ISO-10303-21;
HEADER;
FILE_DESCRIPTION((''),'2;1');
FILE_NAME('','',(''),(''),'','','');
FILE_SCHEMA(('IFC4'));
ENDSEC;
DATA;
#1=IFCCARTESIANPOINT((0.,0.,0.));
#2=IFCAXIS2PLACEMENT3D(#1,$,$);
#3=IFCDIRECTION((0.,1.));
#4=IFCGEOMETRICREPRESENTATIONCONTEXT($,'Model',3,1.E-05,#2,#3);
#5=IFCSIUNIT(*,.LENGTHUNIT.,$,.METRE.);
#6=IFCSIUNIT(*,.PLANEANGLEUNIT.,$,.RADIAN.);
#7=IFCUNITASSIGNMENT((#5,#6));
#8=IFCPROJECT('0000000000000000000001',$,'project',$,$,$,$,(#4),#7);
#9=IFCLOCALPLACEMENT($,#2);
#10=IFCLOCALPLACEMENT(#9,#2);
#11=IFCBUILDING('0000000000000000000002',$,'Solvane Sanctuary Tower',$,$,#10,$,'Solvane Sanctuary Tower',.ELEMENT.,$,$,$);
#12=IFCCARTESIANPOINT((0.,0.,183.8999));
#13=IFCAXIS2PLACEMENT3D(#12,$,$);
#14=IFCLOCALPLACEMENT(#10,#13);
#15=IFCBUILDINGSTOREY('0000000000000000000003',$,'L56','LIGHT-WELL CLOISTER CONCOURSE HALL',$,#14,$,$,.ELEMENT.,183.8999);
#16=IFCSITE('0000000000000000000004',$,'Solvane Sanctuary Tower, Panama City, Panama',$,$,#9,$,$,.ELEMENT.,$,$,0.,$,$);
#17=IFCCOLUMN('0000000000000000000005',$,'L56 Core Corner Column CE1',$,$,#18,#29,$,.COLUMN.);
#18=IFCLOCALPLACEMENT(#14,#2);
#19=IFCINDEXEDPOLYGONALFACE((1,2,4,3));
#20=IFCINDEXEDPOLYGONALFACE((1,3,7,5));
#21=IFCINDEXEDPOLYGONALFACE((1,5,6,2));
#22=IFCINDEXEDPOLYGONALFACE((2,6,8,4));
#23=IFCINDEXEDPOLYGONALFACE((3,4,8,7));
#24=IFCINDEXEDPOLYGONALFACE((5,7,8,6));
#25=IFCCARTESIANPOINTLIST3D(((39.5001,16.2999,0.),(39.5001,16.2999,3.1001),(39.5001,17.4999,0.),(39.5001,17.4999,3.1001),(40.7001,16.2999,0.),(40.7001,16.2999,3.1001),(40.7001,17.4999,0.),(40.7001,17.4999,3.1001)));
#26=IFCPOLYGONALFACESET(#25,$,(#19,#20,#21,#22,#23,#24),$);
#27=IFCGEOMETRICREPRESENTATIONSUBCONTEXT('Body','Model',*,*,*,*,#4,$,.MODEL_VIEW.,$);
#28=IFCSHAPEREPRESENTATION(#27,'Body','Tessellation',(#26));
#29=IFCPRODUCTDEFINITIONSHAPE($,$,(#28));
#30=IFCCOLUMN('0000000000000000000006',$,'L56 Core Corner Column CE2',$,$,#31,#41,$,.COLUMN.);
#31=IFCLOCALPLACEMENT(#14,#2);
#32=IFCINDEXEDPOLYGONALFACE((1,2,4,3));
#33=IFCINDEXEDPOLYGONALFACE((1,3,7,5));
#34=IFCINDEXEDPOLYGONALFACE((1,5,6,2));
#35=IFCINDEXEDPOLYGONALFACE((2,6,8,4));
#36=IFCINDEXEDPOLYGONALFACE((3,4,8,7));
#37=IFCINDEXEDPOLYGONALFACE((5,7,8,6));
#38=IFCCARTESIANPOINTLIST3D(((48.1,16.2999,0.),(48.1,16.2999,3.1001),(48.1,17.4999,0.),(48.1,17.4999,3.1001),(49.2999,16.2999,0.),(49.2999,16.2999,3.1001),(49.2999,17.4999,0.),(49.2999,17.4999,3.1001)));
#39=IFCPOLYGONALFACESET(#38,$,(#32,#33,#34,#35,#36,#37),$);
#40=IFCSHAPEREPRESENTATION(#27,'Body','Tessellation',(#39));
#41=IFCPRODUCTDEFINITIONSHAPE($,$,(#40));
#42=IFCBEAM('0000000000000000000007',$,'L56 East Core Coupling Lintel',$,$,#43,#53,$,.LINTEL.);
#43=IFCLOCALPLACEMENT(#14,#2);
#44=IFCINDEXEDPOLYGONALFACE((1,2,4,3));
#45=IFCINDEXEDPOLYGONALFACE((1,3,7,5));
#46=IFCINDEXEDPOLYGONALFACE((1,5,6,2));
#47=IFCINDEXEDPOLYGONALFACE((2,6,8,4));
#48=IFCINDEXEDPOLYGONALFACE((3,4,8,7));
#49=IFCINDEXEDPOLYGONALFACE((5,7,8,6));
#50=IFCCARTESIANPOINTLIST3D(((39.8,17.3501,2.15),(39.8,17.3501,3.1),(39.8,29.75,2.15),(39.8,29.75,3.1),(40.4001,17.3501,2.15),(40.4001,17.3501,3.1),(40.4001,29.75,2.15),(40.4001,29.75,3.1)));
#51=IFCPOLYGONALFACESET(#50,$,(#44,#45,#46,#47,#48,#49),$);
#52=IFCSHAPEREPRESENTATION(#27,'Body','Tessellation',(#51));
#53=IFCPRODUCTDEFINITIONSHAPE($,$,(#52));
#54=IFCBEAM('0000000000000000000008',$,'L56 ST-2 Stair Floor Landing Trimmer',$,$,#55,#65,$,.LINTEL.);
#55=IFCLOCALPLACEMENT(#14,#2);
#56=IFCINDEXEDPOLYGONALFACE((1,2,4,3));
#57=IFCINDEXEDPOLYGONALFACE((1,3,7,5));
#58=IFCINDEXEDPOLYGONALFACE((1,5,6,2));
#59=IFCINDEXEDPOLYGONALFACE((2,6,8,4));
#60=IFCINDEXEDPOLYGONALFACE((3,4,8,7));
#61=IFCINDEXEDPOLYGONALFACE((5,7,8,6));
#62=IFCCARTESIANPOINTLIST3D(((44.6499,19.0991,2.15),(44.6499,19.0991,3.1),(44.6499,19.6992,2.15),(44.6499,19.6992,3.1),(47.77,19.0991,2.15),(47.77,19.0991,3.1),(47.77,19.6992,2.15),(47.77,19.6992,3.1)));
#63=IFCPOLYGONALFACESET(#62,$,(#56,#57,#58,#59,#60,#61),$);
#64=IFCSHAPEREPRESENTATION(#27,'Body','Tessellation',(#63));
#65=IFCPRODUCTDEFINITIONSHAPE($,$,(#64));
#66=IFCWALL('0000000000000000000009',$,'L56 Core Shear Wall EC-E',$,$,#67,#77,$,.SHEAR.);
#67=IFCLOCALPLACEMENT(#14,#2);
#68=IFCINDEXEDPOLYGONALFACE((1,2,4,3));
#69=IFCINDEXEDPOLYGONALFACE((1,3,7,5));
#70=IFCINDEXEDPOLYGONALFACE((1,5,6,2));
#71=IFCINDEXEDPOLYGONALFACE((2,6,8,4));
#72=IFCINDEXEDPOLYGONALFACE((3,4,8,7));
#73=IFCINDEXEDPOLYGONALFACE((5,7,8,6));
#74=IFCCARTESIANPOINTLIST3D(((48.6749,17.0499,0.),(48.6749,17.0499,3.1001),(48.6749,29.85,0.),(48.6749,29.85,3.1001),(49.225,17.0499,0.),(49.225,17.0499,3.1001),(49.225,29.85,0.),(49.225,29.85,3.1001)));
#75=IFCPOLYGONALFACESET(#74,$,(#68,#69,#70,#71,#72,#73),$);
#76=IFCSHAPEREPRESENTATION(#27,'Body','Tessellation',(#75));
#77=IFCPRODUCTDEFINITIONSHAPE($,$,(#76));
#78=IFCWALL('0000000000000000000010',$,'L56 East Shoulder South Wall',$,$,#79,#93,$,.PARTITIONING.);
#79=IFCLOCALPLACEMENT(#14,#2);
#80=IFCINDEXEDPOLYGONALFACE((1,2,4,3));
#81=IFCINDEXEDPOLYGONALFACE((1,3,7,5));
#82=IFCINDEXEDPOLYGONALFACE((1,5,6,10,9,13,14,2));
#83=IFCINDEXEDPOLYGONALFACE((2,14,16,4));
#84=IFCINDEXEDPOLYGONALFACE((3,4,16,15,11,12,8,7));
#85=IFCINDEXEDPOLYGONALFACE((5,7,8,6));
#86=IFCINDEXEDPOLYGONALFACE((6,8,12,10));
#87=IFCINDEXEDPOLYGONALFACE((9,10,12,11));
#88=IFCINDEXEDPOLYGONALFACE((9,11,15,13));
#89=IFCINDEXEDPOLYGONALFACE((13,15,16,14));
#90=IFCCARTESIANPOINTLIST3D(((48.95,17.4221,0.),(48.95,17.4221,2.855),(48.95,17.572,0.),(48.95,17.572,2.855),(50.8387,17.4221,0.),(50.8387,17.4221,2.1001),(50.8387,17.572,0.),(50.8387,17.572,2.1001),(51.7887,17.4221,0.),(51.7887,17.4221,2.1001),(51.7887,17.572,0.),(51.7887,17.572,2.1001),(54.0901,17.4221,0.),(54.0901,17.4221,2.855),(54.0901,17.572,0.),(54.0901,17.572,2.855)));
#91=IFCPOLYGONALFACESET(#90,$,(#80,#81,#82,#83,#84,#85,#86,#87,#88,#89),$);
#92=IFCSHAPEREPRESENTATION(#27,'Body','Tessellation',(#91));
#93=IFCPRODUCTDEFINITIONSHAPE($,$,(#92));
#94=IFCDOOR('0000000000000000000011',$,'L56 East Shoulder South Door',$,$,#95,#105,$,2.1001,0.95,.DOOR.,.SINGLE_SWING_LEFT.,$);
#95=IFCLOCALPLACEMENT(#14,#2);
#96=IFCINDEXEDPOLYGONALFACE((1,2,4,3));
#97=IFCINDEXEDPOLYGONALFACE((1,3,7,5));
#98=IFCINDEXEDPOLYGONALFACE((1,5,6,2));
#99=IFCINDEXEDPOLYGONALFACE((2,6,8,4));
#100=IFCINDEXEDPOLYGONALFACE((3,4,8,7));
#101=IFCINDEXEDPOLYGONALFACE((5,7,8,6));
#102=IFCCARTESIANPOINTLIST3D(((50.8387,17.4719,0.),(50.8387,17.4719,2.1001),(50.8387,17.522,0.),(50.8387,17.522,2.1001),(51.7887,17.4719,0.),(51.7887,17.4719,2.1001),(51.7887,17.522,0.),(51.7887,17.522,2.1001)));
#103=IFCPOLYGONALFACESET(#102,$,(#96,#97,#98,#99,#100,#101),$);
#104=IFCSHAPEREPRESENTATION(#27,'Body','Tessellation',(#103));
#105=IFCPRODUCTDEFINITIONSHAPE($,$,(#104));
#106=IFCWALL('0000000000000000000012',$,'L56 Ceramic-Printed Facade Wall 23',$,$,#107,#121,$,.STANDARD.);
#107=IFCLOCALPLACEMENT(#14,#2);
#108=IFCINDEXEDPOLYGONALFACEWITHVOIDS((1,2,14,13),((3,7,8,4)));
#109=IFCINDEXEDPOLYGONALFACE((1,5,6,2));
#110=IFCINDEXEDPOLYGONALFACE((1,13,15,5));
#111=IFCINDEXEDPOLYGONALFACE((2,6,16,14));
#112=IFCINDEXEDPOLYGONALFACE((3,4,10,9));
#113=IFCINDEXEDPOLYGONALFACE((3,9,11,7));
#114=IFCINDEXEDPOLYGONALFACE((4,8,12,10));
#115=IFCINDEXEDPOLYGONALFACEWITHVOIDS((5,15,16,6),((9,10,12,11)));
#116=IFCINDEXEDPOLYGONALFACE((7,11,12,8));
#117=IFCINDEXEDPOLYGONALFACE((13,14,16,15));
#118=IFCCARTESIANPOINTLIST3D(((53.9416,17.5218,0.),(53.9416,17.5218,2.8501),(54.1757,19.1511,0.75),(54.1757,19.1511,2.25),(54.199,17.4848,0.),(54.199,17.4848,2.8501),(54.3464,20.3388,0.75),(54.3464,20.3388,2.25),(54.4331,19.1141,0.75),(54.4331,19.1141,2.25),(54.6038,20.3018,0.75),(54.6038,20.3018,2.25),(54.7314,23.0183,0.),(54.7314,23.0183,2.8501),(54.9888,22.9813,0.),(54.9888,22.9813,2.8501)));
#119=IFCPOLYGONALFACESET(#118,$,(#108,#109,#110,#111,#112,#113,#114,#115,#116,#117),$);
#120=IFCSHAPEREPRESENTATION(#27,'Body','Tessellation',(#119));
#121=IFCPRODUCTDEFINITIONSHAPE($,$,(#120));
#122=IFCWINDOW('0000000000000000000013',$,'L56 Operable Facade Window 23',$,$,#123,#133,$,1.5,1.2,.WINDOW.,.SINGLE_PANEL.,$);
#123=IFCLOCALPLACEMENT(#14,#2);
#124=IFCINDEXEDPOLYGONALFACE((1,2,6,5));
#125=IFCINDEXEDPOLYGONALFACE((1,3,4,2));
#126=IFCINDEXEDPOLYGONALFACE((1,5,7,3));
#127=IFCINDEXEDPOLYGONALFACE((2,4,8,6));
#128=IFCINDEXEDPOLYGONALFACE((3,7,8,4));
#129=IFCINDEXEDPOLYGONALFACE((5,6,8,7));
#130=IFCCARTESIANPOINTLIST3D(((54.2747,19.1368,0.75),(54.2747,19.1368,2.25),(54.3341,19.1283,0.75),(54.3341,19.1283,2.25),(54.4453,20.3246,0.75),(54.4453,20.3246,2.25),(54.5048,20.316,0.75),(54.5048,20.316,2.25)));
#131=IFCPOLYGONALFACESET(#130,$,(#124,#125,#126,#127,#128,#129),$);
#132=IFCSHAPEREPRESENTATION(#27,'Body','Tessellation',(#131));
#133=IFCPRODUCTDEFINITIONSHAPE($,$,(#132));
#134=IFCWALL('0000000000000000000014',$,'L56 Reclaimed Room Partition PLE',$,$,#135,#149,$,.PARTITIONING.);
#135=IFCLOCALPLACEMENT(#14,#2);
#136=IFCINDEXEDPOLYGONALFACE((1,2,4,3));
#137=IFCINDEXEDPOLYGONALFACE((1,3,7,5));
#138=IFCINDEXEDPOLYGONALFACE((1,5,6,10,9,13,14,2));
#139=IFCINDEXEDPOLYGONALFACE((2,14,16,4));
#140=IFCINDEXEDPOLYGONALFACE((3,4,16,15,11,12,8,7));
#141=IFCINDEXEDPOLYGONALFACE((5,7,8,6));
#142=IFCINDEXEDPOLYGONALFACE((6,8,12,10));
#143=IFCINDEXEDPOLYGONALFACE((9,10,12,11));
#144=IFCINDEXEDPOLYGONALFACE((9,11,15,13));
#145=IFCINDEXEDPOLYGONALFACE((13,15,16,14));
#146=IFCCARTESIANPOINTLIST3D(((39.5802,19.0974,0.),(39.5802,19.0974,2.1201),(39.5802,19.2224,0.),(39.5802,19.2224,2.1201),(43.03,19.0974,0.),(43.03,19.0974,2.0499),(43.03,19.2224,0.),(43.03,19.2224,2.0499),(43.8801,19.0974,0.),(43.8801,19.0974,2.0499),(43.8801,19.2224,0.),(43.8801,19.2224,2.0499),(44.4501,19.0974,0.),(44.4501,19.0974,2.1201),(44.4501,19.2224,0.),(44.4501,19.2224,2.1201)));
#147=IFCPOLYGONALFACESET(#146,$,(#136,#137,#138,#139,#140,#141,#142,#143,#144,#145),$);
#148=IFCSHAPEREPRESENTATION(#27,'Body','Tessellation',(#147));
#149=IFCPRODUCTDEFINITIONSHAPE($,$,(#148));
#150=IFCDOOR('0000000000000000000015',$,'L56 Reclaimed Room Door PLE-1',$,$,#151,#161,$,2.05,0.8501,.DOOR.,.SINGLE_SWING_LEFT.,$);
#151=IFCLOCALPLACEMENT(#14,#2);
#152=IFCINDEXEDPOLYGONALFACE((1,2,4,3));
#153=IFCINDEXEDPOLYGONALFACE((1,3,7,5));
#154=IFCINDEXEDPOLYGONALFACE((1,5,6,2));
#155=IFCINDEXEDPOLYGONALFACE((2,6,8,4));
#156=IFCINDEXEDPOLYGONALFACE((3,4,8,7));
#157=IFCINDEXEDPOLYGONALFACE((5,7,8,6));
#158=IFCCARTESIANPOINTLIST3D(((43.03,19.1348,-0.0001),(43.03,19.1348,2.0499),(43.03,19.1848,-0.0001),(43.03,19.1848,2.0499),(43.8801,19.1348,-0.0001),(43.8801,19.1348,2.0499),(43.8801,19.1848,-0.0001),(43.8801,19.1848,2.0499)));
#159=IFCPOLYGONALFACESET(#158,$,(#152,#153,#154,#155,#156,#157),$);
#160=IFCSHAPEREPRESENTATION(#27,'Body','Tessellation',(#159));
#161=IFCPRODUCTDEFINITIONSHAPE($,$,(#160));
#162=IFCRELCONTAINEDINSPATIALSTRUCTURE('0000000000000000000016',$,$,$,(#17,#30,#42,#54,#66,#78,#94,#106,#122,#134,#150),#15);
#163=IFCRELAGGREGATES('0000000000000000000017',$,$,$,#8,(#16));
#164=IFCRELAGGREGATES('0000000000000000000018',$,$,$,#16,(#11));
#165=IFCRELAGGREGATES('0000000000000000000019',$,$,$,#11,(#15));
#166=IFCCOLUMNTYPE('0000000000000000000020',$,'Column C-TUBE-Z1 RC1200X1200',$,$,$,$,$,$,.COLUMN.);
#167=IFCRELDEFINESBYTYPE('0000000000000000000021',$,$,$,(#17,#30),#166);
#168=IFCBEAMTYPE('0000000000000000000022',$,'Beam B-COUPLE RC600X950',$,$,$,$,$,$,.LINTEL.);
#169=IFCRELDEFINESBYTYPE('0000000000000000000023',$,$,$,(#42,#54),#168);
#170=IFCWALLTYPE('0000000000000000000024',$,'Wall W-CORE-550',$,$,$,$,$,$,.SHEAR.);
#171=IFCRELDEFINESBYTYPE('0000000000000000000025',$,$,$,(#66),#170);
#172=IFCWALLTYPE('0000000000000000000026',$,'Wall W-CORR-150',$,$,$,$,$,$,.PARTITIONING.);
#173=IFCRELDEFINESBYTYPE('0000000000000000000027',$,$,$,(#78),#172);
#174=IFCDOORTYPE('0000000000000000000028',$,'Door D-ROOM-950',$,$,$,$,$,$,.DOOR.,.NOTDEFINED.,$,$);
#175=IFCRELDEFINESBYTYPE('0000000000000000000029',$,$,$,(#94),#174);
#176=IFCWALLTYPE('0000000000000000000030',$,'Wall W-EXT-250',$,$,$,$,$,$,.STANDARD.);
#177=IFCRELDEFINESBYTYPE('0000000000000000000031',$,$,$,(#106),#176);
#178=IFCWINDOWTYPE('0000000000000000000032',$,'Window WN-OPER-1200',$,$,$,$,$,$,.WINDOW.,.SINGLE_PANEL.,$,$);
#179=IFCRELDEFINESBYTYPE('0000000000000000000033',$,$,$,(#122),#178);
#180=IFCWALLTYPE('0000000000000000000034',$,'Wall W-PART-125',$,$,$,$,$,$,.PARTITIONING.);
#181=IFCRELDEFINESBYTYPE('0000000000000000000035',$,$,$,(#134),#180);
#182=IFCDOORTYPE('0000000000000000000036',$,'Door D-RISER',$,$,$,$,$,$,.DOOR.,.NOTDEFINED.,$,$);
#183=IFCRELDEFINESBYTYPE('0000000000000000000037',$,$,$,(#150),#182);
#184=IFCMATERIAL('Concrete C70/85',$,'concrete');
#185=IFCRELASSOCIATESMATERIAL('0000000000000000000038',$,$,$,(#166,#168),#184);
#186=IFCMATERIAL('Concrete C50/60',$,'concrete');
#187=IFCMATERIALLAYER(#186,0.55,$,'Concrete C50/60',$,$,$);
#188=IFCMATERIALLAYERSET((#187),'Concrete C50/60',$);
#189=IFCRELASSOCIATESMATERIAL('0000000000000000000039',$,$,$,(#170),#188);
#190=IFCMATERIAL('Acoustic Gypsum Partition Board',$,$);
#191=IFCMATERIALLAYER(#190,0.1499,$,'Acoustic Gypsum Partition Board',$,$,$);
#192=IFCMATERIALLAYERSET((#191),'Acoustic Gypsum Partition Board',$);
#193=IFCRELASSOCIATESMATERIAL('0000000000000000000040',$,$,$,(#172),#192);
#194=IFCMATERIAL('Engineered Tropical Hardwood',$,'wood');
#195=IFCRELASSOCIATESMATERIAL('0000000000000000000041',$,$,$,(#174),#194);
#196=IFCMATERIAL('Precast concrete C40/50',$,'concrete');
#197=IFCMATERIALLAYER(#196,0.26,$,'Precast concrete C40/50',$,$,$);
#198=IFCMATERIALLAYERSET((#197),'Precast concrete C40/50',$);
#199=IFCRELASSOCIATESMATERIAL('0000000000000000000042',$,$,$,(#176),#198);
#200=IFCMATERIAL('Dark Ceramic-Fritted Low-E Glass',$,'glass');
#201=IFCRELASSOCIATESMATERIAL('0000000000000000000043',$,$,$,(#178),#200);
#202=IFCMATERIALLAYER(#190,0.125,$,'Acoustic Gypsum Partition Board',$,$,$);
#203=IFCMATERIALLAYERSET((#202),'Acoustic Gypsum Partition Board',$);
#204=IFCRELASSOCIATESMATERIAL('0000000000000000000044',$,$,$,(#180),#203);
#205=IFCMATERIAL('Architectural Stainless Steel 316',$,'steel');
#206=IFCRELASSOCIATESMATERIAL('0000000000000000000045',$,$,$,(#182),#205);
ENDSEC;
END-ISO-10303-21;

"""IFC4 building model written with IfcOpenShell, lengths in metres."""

from ifc_helpers import new_model, si_unit, direction, frame, frame_2d, origin, origin_2d, place, context, subcontext, project, spatial, rectangle, extrude, material, layer, layer_set, material_profile, profile_set, type_object, element, fill, save


model = new_model("IFC4")

# Units and contexts
model_context = context("Model", 3, precision=1e-05, world=origin(), true_north=direction((0.0, 1.0)))
body_context = subcontext(model_context, "Body", "Model", "MODEL_VIEW")
ifc_project = project(units=[si_unit("LENGTHUNIT", "METRE"), si_unit("PLANEANGLEUNIT", "RADIAN")], contexts=[model_context])

# Site, building, storey
site_placement = place(None, origin())
site = spatial("IfcSite", under=ifc_project, at=site_placement, Name="Solvane Sanctuary Tower, Panama City, Panama", CompositionType="ELEMENT", RefElevation=0.0)
building_placement = place(site_placement, origin())
building = spatial("IfcBuilding", under=site, at=building_placement, Name="Solvane Sanctuary Tower", LongName="Solvane Sanctuary Tower", CompositionType="ELEMENT")
storey_placement = place(building_placement, frame((0.0, 0.0, 183.8999)))
storey = spatial("IfcBuildingStorey", under=building, at=storey_placement, Name="L56", Description="LIGHT-WELL CLOISTER CONCOURSE HALL", CompositionType="ELEMENT", Elevation=183.8999)

# Columns
ifc_material_1 = material(Name="Concrete C70/85", Category="concrete")
ifc_material_profile_1 = material_profile(ifc_material_1, rectangle(XDim=1.2, YDim=1.2, at=origin_2d()), Name="RC1200X1200")
ifc_profile_set_1 = profile_set([ifc_material_profile_1], Name="Concrete C70/85")
column_type = type_object("IfcColumnType", Name="Column C-TUBE-Z1 RC1200X1200", PredefinedType="COLUMN", material=ifc_profile_set_1)
for number, where, z_axis, x_axis, name in (
    (1, (40.1001, 16.8999, 0.0), (0.0, 0.0, 1.0), (1.0, 0.0, 0.0), "L56 Core Corner Column CE1"),
    (2, (48.7, 16.8999, 0.0), (0.0, 0.0, 1.0), (1.0, 0.0, 0.0), "L56 Core Corner Column CE2"),
):
    element("IfcColumn", number, at=place(storey_placement, frame(where, z_axis=z_axis, x_axis=x_axis)), inside=storey, type_object=column_type, Name=name, PredefinedType="COLUMN", context=body_context, shape_type="SweptSolid", body=[
        extrude(rectangle(XDim=1.2, YDim=1.2, at=origin_2d()), origin(), (0.0, 0.0, 1.0), 3.1001),
    ])

# Beams
ifc_material_profile_2 = material_profile(ifc_material_1, rectangle(XDim=0.6001, YDim=0.95, at=origin_2d()), Name="RC600X950")
ifc_profile_set_2 = profile_set([ifc_material_profile_2], Name="Concrete C70/85")
beam_type = type_object("IfcBeamType", Name="Beam B-COUPLE RC600X950", PredefinedType="LINTEL", material=ifc_profile_set_2)
beam_1_placement = place(storey_placement, frame((40.1001, 17.3501, 2.625), z_axis=(0.0, 1.0, 0.0), x_axis=(-1.0, 0.0, 0.0)))
element("IfcBeam", 3, at=beam_1_placement, inside=storey, type_object=beam_type, Name="L56 East Core Coupling Lintel", PredefinedType="LINTEL", context=body_context, shape_type="SweptSolid", body=[
    extrude(rectangle(XDim=0.6001, YDim=0.95, at=origin_2d()), origin(), (0.0, 0.0, 1.0), 12.3999),
])
beam_2_placement = place(storey_placement, frame((44.6499, 19.3992, 2.625), z_axis=(1.0, 0.0, 0.0), x_axis=(0.0, 1.0, 0.0)))
element("IfcBeam", 4, at=beam_2_placement, inside=storey, type_object=beam_type, Name="L56 ST-2 Stair Floor Landing Trimmer", PredefinedType="LINTEL", context=body_context, shape_type="SweptSolid", body=[
    extrude(rectangle(XDim=0.6001, YDim=0.95, at=origin_2d()), origin(), (0.0, 0.0, 1.0), 3.1201),
])

# Wall
ifc_material_2 = material(Name="Concrete C50/60", Category="concrete")
ifc_layer_1 = layer(ifc_material_2, 0.55, Name="Concrete C50/60")
ifc_layer_set_1 = layer_set([ifc_layer_1], Name="Concrete C50/60")
wall_type_1 = type_object("IfcWallType", Name="Wall W-CORE-550", PredefinedType="SHEAR", material=ifc_layer_set_1)
wall_1_placement = place(storey_placement, frame((48.95, 17.05, 0.0), z_axis=(0.0, 0.0, 1.0), x_axis=(0.0, 1.0, 0.0)))
element("IfcWall", 5, at=wall_1_placement, inside=storey, type_object=wall_type_1, Name="L56 Core Shear Wall EC-E", PredefinedType="SHEAR", context=body_context, shape_type="SweptSolid", body=[
    extrude(rectangle(XDim=12.8, YDim=0.55, at=frame_2d((6.3999, 0.0))), origin(), (0.0, 0.0, 1.0), 3.1001),
])

# Wall, opening, door
ifc_material_3 = material(Name="Acoustic Gypsum Partition Board")
ifc_layer_2 = layer(ifc_material_3, 0.1499, Name="Acoustic Gypsum Partition Board")
ifc_layer_set_2 = layer_set([ifc_layer_2], Name="Acoustic Gypsum Partition Board")
wall_type_2 = type_object("IfcWallType", Name="Wall W-CORR-150", PredefinedType="PARTITIONING", material=ifc_layer_set_2)
wall_2_placement = place(storey_placement, frame((48.95, 17.4971, 0.0), z_axis=(0.0, 0.0, 1.0), x_axis=(1.0, 0.0, 0.0)))
wall_2 = element("IfcWall", 6, at=wall_2_placement, inside=storey, type_object=wall_type_2, Name="L56 East Shoulder South Wall", PredefinedType="PARTITIONING", context=body_context, shape_type="SweptSolid", body=[
    extrude(rectangle(XDim=5.1401, YDim=0.1499, at=frame_2d((2.5701, 0.0))), origin(), (0.0, 0.0, 1.0), 2.855),
])
opening_1_placement = place(wall_2_placement, frame((1.8887, 0.0, 0.0)))
opening_1 = element("IfcOpeningElement", 7, at=opening_1_placement, cuts=wall_2, PredefinedType="OPENING", context=body_context, shape_type="SweptSolid", body=[
    extrude(rectangle(XDim=0.95, YDim=2.1001, at=frame_2d((0.4751, 1.05))), frame((0.0, 0.085, 0.0), z_axis=(0.0, -1.0, 0.0), x_axis=(1.0, 0.0, 0.0)), (0.0, 0.0, 1.0), 0.1699),
])
ifc_material_4 = material(Name="Engineered Tropical Hardwood", Category="wood")
door_type_1 = type_object("IfcDoorType", Name="Door D-ROOM-950", OperationType="NOTDEFINED", PredefinedType="DOOR", material=ifc_material_4)
door_1_placement = place(opening_1_placement, origin())
door_1 = element("IfcDoor", 8, at=door_1_placement, inside=storey, type_object=door_type_1, Name="L56 East Shoulder South Door", OperationType="SINGLE_SWING_LEFT", OverallHeight=2.1001, OverallWidth=0.95, PredefinedType="DOOR", context=body_context, shape_type="SweptSolid", body=[
    extrude(rectangle(XDim=0.95, YDim=2.1001, at=frame_2d((0.4751, 1.05))), frame((0.0, 0.0249, 0.0), z_axis=(0.0, -1.0, 0.0), x_axis=(1.0, 0.0, 0.0)), (0.0, 0.0, 1.0), 0.05),
])
fill(opening_1, door_1)

# Wall, opening, window
ifc_material_5 = material(Name="Precast concrete C40/50", Category="concrete")
ifc_layer_3 = layer(ifc_material_5, 0.26, Name="Precast concrete C40/50")
ifc_layer_set_3 = layer_set([ifc_layer_3], Name="Precast concrete C40/50")
wall_type_3 = type_object("IfcWallType", Name="Wall W-EXT-250", PredefinedType="STANDARD", material=ifc_layer_set_3)
wall_3_placement = place(storey_placement, frame((54.0703, 17.5034, 0.0), z_axis=(0.0, 0.0, 1.0), x_axis=(0.142228, 0.989834, 0.0)))
wall_3 = element("IfcWall", 9, at=wall_3_placement, inside=storey, type_object=wall_type_3, Name="L56 Ceramic-Printed Facade Wall 23", PredefinedType="STANDARD", context=body_context, shape_type="SweptSolid", body=[
    extrude(rectangle(XDim=5.553, YDim=0.26, at=frame_2d((2.7764, 0.0))), origin(), (0.0, 0.0, 1.0), 2.8501),
])
opening_2_placement = place(wall_3_placement, frame((1.6458, 0.0, 0.75)))
opening_2 = element("IfcOpeningElement", 10, at=opening_2_placement, cuts=wall_3, PredefinedType="OPENING", context=body_context, shape_type="SweptSolid", body=[
    extrude(rectangle(XDim=1.2, YDim=1.5, at=frame_2d((0.6001, 0.75))), frame((0.0, 0.1399, 0.0), z_axis=(0.0, -1.0, 0.0), x_axis=(1.0, 0.0, 0.0)), (0.0, 0.0, 1.0), 0.28),
])
ifc_material_6 = material(Name="Dark Ceramic-Fritted Low-E Glass", Category="glass")
window_type = type_object("IfcWindowType", Name="Window WN-OPER-1200", PartitioningType="SINGLE_PANEL", PredefinedType="WINDOW", material=ifc_material_6)
window_placement = place(opening_2_placement, origin())
window = element("IfcWindow", 11, at=window_placement, inside=storey, type_object=window_type, Name="L56 Operable Facade Window 23", OverallHeight=1.5, OverallWidth=1.2, PartitioningType="SINGLE_PANEL", PredefinedType="WINDOW", context=body_context, shape_type="SweptSolid", body=[
    extrude(rectangle(XDim=1.2, YDim=1.5, at=frame_2d((0.6001, 0.75))), frame((0.0, 0.03, 0.0), z_axis=(0.0, -1.0, 0.0), x_axis=(1.0, 0.0, 0.0)), (0.0, 0.0, 1.0), 0.0601),
])
fill(opening_2, window)

# Wall, opening, door
ifc_layer_4 = layer(ifc_material_3, 0.125, Name="Acoustic Gypsum Partition Board")
ifc_layer_set_4 = layer_set([ifc_layer_4], Name="Acoustic Gypsum Partition Board")
wall_type_4 = type_object("IfcWallType", Name="Wall W-PART-125", PredefinedType="PARTITIONING", material=ifc_layer_set_4)
wall_4_placement = place(storey_placement, frame((39.5801, 19.1599, 0.0), z_axis=(0.0, 0.0, 1.0), x_axis=(1.0, 0.0, 0.0)))
wall_4 = element("IfcWall", 12, at=wall_4_placement, inside=storey, type_object=wall_type_4, Name="L56 Reclaimed Room Partition PLE", PredefinedType="PARTITIONING", context=body_context, shape_type="SweptSolid", body=[
    extrude(rectangle(XDim=4.8699, YDim=0.125, at=frame_2d((2.4351, 0.0))), origin(), (0.0, 0.0, 1.0), 2.1201),
])
opening_3_placement = place(wall_4_placement, frame((3.45, 0.0, 0.0)))
opening_3 = element("IfcOpeningElement", 13, at=opening_3_placement, cuts=wall_4, PredefinedType="OPENING", context=body_context, shape_type="SweptSolid", body=[
    extrude(rectangle(XDim=0.8501, YDim=2.05, at=frame_2d((0.425, 1.0249))), frame((0.0, 0.0725, 0.0), z_axis=(0.0, -1.0, 0.0), x_axis=(1.0, 0.0, 0.0)), (0.0, 0.0, 1.0), 0.145),
])
ifc_material_7 = material(Name="Architectural Stainless Steel 316", Category="steel")
door_type_2 = type_object("IfcDoorType", Name="Door D-RISER", OperationType="NOTDEFINED", PredefinedType="DOOR", material=ifc_material_7)
door_2_placement = place(opening_3_placement, origin())
door_2 = element("IfcDoor", 14, at=door_2_placement, inside=storey, type_object=door_type_2, Name="L56 Reclaimed Room Door PLE-1", OperationType="SINGLE_SWING_LEFT", OverallHeight=2.05, OverallWidth=0.8501, PredefinedType="DOOR", context=body_context, shape_type="SweptSolid", body=[
    extrude(rectangle(XDim=0.8501, YDim=2.05, at=frame_2d((0.425, 1.0249))), frame((0.0, 0.0249, 0.0), z_axis=(0.0, -1.0, 0.0), x_axis=(1.0, 0.0, 0.0)), (0.0, 0.0, 1.0), 0.05),
])
fill(opening_3, door_2)

save(model, "model.ifc")
